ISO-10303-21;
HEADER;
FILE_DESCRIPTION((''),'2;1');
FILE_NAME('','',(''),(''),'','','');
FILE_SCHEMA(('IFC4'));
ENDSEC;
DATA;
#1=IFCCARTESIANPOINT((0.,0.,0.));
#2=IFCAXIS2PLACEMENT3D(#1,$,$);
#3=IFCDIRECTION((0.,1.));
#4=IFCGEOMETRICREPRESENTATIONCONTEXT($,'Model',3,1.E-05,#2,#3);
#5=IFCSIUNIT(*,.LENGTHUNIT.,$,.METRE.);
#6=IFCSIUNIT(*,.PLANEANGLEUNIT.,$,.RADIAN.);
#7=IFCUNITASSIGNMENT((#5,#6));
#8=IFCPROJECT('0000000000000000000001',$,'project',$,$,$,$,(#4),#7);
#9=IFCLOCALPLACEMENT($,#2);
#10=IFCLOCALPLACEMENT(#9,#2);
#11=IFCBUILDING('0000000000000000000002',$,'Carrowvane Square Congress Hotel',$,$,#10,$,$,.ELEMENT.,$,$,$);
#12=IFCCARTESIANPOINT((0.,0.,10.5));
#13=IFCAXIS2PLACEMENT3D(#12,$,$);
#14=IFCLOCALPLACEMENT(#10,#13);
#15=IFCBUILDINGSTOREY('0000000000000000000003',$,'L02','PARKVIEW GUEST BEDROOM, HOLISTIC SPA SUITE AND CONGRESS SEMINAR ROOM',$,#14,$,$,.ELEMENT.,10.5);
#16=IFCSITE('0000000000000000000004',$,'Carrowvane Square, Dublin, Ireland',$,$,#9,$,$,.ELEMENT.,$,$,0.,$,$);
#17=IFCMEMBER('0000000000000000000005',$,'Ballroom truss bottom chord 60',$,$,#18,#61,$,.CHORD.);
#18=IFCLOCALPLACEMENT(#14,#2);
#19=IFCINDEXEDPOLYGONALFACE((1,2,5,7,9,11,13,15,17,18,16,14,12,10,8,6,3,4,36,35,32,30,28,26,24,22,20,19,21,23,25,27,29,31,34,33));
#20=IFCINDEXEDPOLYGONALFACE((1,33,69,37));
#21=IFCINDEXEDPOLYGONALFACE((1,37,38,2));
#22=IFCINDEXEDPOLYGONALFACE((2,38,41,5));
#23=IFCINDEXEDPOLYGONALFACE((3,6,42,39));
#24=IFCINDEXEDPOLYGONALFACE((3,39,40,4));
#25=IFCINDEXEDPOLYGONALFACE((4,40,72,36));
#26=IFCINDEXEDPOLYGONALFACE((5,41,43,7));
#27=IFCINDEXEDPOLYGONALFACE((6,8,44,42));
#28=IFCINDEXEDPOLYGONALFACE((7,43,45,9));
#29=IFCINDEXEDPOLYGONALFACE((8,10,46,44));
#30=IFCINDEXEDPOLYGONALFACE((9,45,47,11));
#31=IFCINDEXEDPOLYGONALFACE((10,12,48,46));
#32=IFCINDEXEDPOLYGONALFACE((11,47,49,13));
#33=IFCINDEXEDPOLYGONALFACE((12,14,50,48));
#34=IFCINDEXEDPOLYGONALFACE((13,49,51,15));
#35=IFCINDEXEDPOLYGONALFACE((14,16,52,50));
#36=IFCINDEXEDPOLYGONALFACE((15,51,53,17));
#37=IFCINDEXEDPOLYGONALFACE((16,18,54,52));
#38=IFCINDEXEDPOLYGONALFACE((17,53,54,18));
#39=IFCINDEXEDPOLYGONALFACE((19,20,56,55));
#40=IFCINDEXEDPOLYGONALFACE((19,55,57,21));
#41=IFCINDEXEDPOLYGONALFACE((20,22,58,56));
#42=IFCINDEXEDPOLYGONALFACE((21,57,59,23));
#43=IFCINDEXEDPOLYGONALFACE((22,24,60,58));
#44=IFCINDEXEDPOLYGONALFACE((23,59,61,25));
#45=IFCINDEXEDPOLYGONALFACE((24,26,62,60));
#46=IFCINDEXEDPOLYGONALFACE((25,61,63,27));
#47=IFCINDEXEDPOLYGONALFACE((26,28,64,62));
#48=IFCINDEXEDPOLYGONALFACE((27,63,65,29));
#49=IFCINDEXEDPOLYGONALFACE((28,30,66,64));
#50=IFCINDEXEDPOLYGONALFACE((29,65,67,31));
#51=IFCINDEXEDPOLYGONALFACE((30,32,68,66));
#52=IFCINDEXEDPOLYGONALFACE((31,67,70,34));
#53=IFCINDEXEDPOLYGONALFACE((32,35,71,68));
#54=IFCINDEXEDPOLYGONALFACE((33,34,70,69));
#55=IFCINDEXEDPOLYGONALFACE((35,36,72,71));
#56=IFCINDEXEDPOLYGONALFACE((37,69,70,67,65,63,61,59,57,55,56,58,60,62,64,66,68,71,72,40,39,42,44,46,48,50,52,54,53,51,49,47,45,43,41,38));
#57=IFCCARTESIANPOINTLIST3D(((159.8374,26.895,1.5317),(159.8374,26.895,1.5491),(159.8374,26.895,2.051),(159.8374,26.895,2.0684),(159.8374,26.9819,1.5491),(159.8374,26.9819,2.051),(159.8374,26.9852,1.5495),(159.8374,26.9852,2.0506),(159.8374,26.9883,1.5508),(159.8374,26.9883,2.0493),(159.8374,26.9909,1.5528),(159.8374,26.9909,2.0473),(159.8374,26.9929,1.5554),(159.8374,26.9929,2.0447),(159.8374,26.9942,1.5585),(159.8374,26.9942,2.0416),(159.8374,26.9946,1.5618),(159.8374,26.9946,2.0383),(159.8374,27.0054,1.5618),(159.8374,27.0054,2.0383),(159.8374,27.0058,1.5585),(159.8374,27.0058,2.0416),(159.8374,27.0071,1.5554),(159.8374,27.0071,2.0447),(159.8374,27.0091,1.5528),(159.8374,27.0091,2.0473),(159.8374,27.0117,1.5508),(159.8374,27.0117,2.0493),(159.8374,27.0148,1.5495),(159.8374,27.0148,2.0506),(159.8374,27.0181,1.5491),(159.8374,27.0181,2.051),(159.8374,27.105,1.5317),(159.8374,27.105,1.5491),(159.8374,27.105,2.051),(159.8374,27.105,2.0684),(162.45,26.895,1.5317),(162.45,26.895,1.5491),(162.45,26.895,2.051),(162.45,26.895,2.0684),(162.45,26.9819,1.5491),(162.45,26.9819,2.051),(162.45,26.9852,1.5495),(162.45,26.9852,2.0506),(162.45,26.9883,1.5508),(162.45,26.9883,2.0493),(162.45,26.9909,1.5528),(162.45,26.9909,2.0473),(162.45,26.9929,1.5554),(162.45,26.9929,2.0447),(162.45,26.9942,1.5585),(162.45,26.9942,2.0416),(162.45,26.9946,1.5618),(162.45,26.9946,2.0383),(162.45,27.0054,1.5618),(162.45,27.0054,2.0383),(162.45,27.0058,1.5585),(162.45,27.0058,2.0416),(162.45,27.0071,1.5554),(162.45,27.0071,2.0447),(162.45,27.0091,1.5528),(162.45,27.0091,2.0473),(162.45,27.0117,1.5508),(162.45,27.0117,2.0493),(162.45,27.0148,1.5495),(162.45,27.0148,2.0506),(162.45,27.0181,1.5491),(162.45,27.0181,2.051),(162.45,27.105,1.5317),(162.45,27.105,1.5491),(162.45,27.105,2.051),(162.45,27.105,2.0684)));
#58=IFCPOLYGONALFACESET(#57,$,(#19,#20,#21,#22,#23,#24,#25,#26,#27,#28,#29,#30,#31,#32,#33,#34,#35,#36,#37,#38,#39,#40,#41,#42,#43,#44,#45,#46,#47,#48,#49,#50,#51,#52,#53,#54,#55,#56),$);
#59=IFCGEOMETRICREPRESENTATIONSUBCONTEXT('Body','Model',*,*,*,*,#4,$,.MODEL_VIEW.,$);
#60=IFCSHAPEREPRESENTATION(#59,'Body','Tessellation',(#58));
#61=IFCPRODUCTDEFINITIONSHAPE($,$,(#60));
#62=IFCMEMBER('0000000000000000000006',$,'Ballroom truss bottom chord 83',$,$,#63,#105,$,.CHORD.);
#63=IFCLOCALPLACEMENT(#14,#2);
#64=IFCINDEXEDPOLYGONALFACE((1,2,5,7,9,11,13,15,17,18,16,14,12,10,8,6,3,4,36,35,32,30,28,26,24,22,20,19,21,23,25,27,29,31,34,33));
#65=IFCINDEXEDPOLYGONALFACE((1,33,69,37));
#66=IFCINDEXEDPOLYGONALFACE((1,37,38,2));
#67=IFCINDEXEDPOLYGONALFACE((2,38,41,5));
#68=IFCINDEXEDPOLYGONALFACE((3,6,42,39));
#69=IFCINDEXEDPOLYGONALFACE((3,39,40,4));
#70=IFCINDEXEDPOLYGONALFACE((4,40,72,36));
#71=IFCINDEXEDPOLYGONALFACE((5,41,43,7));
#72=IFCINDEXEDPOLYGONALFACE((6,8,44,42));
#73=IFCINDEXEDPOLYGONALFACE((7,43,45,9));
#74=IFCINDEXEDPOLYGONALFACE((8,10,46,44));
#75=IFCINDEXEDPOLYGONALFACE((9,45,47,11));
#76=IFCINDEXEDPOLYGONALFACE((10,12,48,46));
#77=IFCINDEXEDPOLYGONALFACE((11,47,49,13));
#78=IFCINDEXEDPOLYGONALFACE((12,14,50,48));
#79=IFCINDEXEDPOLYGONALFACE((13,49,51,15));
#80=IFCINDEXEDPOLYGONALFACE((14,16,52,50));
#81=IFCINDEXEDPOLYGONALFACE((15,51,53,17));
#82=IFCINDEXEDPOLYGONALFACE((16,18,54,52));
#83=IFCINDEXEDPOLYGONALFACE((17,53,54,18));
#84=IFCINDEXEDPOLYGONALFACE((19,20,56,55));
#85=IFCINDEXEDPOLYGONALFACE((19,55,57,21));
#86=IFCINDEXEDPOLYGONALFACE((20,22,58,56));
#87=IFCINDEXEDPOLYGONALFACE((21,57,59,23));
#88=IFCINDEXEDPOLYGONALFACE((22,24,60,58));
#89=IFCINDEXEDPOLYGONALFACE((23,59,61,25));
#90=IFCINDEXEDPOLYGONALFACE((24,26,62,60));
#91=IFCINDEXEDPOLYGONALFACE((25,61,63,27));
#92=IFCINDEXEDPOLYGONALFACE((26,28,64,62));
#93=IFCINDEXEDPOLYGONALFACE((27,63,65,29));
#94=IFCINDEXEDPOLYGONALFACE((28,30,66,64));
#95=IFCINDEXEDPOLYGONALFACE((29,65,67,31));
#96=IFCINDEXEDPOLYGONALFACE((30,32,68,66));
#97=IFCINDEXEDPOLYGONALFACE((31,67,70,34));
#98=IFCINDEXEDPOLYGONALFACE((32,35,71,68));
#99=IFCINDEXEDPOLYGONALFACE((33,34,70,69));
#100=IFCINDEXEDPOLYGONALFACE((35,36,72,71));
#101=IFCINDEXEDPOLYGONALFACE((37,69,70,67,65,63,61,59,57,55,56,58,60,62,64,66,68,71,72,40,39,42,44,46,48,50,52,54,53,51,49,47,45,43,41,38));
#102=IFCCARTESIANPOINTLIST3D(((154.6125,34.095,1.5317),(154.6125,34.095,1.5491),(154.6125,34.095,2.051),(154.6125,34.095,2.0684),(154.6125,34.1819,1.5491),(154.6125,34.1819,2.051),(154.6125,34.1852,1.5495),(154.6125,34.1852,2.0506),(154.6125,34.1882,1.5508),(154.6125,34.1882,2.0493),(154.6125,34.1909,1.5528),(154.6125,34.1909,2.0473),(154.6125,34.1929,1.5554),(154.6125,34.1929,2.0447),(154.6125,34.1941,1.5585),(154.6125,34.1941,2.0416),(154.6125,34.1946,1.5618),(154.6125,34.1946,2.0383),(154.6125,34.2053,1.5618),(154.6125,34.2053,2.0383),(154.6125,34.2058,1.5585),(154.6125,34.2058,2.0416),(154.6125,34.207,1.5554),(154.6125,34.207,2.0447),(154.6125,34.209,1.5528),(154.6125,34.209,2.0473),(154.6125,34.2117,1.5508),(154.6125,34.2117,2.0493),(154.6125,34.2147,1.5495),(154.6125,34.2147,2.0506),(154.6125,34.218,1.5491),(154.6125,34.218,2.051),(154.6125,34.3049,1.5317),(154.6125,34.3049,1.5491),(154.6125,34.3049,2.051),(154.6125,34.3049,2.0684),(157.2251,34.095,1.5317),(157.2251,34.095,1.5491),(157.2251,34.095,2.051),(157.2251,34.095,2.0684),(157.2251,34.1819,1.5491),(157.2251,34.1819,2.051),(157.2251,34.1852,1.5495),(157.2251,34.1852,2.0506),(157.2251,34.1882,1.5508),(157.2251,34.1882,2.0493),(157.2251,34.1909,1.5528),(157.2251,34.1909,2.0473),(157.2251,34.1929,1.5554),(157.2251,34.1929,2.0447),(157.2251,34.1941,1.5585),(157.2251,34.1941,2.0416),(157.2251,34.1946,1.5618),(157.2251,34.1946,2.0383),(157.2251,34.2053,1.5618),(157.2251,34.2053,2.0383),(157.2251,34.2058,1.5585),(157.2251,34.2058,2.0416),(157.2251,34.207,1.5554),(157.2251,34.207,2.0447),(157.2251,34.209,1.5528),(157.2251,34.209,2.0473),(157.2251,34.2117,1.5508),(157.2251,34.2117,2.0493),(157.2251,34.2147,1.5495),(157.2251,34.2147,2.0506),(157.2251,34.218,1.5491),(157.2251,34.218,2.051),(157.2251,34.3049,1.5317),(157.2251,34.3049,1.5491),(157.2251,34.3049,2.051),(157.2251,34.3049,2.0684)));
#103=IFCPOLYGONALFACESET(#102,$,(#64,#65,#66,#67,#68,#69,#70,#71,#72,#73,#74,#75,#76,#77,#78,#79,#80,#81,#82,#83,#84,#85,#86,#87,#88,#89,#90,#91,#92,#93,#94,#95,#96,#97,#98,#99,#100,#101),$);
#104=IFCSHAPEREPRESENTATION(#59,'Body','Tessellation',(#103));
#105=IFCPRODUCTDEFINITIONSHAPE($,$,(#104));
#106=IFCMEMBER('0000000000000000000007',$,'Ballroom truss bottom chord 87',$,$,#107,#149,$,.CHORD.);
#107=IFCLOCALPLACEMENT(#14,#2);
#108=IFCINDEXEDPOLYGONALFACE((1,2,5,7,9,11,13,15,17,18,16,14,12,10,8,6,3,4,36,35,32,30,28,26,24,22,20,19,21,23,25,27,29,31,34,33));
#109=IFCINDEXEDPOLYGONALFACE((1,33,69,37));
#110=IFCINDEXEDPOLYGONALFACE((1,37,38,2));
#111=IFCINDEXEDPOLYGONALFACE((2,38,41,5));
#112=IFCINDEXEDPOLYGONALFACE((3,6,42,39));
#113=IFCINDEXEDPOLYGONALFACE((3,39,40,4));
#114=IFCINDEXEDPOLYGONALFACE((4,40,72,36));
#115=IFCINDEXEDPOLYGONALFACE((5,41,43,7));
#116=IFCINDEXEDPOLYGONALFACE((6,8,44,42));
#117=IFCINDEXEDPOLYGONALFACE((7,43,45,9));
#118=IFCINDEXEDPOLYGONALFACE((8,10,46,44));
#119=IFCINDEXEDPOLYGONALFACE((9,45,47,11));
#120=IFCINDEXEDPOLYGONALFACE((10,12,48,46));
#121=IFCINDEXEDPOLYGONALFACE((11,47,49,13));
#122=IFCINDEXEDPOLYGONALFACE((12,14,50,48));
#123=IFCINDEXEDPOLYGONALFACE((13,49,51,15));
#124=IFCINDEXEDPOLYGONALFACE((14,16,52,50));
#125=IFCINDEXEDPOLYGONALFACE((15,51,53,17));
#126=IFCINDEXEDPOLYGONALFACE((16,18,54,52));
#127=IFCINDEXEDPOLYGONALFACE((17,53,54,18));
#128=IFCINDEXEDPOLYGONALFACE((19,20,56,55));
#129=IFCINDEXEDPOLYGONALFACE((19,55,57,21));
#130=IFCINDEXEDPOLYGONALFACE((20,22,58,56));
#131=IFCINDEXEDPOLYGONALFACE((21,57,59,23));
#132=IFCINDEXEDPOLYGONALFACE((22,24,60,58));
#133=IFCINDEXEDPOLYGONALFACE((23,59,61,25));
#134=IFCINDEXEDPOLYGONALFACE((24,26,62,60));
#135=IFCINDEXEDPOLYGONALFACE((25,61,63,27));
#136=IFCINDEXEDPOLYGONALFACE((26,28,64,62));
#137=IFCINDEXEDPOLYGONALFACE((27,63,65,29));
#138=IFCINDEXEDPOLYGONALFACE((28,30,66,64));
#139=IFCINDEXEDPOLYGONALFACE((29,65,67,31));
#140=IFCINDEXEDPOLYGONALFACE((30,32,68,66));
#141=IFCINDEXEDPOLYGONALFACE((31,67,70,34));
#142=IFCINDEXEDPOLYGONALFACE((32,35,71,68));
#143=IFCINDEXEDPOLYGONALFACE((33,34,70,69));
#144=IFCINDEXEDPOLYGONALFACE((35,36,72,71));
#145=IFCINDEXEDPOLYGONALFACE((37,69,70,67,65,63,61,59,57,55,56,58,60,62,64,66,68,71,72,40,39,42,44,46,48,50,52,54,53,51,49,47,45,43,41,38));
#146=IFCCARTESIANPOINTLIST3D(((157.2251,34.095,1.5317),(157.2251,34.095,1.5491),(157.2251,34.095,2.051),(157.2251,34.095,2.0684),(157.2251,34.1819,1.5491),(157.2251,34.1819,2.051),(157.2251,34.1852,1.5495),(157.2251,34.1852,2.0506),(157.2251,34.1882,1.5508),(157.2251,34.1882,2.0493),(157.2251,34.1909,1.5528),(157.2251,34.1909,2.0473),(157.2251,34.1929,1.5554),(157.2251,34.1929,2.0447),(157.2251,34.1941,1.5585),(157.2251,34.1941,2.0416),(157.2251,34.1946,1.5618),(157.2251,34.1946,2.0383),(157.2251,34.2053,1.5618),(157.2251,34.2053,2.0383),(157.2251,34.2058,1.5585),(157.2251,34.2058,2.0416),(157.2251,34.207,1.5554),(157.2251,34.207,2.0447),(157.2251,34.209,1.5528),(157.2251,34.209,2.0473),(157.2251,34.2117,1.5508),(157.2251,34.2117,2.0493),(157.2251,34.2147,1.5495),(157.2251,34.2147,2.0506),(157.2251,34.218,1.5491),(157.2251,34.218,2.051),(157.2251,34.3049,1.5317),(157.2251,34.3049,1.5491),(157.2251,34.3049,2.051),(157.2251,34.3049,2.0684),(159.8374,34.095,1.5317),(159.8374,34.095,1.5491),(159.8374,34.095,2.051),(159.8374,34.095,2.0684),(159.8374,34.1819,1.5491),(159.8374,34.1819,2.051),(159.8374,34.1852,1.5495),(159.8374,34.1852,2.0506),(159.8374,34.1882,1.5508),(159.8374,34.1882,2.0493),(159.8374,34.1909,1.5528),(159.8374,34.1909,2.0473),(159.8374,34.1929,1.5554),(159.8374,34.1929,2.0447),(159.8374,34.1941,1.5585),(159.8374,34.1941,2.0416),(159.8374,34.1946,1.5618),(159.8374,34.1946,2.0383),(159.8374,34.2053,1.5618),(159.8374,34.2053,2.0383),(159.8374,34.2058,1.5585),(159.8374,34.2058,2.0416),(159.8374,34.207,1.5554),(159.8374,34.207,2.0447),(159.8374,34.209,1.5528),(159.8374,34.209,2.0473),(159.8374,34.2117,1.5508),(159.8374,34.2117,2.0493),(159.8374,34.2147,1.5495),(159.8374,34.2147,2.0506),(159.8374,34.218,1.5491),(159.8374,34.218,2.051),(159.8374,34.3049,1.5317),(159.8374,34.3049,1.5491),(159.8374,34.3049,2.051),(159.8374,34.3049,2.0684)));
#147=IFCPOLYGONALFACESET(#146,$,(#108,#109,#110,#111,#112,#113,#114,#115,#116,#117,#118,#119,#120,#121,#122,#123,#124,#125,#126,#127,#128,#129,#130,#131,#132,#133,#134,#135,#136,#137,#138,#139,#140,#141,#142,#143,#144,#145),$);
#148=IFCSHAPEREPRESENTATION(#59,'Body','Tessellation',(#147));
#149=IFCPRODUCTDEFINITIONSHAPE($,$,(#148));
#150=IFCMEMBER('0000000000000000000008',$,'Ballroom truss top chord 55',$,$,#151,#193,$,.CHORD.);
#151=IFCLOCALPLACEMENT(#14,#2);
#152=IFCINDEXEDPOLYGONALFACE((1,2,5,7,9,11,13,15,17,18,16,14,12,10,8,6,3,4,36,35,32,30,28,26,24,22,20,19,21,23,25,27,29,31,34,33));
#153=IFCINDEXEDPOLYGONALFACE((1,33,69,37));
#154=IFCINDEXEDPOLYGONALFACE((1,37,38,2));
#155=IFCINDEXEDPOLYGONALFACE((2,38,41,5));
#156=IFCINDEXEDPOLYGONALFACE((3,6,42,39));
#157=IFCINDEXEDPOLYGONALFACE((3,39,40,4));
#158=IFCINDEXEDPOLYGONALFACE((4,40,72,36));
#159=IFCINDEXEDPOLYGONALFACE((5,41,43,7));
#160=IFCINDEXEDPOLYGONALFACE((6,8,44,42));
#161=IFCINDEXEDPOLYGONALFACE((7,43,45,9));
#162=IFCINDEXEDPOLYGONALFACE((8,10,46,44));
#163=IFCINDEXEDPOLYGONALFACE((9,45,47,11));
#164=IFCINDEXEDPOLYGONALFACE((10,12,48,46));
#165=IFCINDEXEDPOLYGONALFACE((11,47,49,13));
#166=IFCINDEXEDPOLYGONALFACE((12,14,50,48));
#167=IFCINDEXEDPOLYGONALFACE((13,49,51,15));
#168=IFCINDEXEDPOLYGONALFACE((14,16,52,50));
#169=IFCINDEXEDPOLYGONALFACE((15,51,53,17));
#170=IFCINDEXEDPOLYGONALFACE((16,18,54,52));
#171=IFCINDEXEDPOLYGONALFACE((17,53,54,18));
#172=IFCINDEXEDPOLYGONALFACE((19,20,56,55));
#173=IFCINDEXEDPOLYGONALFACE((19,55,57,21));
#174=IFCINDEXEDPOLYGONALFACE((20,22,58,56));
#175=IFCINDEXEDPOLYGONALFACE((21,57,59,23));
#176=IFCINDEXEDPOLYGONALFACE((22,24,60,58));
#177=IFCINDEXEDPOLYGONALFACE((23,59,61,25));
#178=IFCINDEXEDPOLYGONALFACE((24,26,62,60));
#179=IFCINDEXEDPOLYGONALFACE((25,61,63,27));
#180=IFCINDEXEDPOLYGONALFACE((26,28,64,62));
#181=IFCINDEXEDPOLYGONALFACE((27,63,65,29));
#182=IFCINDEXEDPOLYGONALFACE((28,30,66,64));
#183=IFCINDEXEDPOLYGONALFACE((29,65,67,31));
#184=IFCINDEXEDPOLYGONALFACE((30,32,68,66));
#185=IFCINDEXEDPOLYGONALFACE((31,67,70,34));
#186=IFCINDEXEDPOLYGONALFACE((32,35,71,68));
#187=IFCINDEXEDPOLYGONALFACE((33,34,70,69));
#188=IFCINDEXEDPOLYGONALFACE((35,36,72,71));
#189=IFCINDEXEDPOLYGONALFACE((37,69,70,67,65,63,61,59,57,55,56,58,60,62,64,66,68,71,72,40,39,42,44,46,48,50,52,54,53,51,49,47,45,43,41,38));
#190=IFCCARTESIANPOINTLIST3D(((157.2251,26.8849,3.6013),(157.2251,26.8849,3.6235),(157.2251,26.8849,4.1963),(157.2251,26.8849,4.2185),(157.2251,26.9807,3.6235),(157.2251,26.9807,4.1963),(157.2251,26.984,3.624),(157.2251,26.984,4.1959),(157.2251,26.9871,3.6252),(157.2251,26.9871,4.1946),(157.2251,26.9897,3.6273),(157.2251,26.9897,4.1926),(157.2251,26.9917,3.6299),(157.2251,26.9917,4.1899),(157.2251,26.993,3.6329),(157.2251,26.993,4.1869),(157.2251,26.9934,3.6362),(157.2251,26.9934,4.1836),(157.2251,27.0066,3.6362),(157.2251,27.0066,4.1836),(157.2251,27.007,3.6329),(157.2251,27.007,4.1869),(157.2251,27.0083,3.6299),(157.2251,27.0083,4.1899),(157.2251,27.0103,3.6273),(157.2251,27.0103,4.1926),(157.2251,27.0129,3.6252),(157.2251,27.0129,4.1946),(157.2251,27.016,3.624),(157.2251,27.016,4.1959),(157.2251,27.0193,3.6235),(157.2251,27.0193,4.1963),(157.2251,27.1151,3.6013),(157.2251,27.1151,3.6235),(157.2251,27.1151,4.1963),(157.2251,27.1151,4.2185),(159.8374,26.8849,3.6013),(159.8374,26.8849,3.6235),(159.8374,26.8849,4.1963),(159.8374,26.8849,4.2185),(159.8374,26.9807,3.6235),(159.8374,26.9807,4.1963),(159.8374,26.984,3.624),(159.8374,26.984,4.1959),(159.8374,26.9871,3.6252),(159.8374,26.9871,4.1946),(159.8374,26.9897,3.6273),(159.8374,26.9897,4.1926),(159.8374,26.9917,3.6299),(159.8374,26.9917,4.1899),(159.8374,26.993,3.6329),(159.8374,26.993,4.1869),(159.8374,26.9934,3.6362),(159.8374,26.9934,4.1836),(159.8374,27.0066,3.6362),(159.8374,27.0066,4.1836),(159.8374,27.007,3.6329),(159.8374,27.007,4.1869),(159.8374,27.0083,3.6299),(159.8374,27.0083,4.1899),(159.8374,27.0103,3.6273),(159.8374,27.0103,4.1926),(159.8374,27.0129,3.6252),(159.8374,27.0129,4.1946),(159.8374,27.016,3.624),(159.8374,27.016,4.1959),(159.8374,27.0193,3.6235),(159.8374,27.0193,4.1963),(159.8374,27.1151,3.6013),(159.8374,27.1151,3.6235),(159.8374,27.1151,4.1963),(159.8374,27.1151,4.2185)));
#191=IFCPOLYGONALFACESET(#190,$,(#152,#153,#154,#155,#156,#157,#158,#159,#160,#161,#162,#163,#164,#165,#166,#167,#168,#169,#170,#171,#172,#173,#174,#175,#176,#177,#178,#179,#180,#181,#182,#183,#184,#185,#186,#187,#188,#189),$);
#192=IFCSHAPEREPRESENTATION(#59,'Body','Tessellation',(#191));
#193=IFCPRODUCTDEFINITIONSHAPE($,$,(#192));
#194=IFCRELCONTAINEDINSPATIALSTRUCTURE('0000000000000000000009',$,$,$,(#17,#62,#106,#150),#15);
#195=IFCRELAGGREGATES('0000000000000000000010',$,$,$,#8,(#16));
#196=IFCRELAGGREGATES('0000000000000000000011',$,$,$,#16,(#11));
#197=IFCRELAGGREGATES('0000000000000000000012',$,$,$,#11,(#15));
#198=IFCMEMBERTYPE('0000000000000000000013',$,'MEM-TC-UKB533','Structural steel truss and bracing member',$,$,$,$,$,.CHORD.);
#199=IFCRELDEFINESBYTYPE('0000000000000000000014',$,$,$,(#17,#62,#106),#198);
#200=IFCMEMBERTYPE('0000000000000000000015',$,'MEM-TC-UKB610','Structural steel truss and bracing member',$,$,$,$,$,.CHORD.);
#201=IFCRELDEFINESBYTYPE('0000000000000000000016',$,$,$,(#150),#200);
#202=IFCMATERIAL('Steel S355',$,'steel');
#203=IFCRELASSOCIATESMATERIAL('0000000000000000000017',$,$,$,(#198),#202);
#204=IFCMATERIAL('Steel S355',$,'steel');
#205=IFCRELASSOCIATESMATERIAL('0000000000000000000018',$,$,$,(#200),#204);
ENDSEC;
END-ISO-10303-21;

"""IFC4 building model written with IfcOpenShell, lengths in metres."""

from ifc_helpers import new_model, si_unit, direction, frame, origin, origin_2d, place, context, subcontext, project, spatial, i_section, extrude, material, material_profile, profile_set, type_object, element, save


model = new_model("IFC4")

# Units and contexts
model_context = context("Model", 3, precision=1e-05, world=origin(), true_north=direction((0.0, 1.0)))
body_context = subcontext(model_context, "Body", "Model", "MODEL_VIEW")
ifc_project = project(units=[si_unit("LENGTHUNIT", "METRE"), si_unit("PLANEANGLEUNIT", "RADIAN")], contexts=[model_context])

# Site, building, storey
site_placement = place(None, origin())
site = spatial("IfcSite", under=ifc_project, at=site_placement, Name="Carrowvane Square, Dublin, Ireland", CompositionType="ELEMENT", RefElevation=0.0)
building_placement = place(site_placement, origin())
building = spatial("IfcBuilding", under=site, at=building_placement, Name="Carrowvane Square Congress Hotel", CompositionType="ELEMENT")
storey_placement = place(building_placement, frame((0.0, 0.0, 10.5)))
storey = spatial("IfcBuildingStorey", under=building, at=storey_placement, Name="L02", Description="PARKVIEW GUEST BEDROOM, HOLISTIC SPA SUITE AND CONGRESS SEMINAR ROOM", CompositionType="ELEMENT", Elevation=10.5)

# Members
ifc_material_1 = material(Name="Steel S355", Category="steel")
ifc_material_profile_1 = material_profile(ifc_material_1, i_section(OverallWidth=0.21, OverallDepth=0.5366, WebThickness=0.0107, FlangeThickness=0.0173, FilletRadius=0.0127, at=origin_2d()), Name="UKB 533x210x101")
ifc_profile_set_1 = profile_set([ifc_material_profile_1], Name="Steel S355")
member_type_1 = type_object("IfcMemberType", Name="MEM-TC-UKB533", Description="Structural steel truss and bracing member", PredefinedType="CHORD", material=ifc_profile_set_1)
for number, where, z_axis, x_axis, name in (
    (1, (159.8374, 27.0, 1.8), (1.0, 0.0, 0.0), (0.0, 1.0, 0.0), "Ballroom truss bottom chord 60"),
    (2, (154.6125, 34.2, 1.8), (1.0, 0.0, 0.0), (0.0, 1.0, 0.0), "Ballroom truss bottom chord 83"),
):
    element("IfcMember", number, at=place(storey_placement, frame(where, z_axis=z_axis, x_axis=x_axis)), inside=storey, type_object=member_type_1, Name=name, PredefinedType="CHORD", context=body_context, shape_type="SweptSolid", body=[
        extrude(i_section(OverallWidth=0.21, OverallDepth=0.5366, WebThickness=0.0107, FlangeThickness=0.0173, FilletRadius=0.0127, at=origin_2d()), origin(), (0.0, 0.0, 1.0), 2.6125),
    ])
member_1_placement = place(storey_placement, frame((157.2251, 34.2, 1.8), z_axis=(1.0, 0.0, 0.0), x_axis=(0.0, 1.0, 0.0)))
element("IfcMember", 3, at=member_1_placement, inside=storey, type_object=member_type_1, Name="Ballroom truss bottom chord 87", PredefinedType="CHORD", context=body_context, shape_type="SweptSolid", body=[
    extrude(i_section(OverallWidth=0.21, OverallDepth=0.5366, WebThickness=0.0107, FlangeThickness=0.0173, FilletRadius=0.0127, at=origin_2d()), origin(), (0.0, 0.0, 1.0), 2.6123),
])
ifc_material_2 = material(Name="Steel S355", Category="steel")
ifc_material_profile_2 = material_profile(ifc_material_2, i_section(OverallWidth=0.2302, OverallDepth=0.6172, WebThickness=0.0132, FlangeThickness=0.0222, FilletRadius=0.0127, at=origin_2d()), Name="UKB 610x229x140")
ifc_profile_set_2 = profile_set([ifc_material_profile_2], Name="Steel S355")
member_type_2 = type_object("IfcMemberType", Name="MEM-TC-UKB610", Description="Structural steel truss and bracing member", PredefinedType="CHORD", material=ifc_profile_set_2)
member_2_placement = place(storey_placement, frame((157.2251, 27.0, 3.9099), z_axis=(1.0, 0.0, 0.0), x_axis=(0.0, 1.0, 0.0)))
element("IfcMember", 4, at=member_2_placement, inside=storey, type_object=member_type_2, Name="Ballroom truss top chord 55", PredefinedType="CHORD", context=body_context, shape_type="SweptSolid", body=[
    extrude(i_section(OverallWidth=0.2302, OverallDepth=0.6172, WebThickness=0.0132, FlangeThickness=0.0222, FilletRadius=0.0127, at=origin_2d()), origin(), (0.0, 0.0, 1.0), 2.6123),
])

save(model, "model.ifc")
